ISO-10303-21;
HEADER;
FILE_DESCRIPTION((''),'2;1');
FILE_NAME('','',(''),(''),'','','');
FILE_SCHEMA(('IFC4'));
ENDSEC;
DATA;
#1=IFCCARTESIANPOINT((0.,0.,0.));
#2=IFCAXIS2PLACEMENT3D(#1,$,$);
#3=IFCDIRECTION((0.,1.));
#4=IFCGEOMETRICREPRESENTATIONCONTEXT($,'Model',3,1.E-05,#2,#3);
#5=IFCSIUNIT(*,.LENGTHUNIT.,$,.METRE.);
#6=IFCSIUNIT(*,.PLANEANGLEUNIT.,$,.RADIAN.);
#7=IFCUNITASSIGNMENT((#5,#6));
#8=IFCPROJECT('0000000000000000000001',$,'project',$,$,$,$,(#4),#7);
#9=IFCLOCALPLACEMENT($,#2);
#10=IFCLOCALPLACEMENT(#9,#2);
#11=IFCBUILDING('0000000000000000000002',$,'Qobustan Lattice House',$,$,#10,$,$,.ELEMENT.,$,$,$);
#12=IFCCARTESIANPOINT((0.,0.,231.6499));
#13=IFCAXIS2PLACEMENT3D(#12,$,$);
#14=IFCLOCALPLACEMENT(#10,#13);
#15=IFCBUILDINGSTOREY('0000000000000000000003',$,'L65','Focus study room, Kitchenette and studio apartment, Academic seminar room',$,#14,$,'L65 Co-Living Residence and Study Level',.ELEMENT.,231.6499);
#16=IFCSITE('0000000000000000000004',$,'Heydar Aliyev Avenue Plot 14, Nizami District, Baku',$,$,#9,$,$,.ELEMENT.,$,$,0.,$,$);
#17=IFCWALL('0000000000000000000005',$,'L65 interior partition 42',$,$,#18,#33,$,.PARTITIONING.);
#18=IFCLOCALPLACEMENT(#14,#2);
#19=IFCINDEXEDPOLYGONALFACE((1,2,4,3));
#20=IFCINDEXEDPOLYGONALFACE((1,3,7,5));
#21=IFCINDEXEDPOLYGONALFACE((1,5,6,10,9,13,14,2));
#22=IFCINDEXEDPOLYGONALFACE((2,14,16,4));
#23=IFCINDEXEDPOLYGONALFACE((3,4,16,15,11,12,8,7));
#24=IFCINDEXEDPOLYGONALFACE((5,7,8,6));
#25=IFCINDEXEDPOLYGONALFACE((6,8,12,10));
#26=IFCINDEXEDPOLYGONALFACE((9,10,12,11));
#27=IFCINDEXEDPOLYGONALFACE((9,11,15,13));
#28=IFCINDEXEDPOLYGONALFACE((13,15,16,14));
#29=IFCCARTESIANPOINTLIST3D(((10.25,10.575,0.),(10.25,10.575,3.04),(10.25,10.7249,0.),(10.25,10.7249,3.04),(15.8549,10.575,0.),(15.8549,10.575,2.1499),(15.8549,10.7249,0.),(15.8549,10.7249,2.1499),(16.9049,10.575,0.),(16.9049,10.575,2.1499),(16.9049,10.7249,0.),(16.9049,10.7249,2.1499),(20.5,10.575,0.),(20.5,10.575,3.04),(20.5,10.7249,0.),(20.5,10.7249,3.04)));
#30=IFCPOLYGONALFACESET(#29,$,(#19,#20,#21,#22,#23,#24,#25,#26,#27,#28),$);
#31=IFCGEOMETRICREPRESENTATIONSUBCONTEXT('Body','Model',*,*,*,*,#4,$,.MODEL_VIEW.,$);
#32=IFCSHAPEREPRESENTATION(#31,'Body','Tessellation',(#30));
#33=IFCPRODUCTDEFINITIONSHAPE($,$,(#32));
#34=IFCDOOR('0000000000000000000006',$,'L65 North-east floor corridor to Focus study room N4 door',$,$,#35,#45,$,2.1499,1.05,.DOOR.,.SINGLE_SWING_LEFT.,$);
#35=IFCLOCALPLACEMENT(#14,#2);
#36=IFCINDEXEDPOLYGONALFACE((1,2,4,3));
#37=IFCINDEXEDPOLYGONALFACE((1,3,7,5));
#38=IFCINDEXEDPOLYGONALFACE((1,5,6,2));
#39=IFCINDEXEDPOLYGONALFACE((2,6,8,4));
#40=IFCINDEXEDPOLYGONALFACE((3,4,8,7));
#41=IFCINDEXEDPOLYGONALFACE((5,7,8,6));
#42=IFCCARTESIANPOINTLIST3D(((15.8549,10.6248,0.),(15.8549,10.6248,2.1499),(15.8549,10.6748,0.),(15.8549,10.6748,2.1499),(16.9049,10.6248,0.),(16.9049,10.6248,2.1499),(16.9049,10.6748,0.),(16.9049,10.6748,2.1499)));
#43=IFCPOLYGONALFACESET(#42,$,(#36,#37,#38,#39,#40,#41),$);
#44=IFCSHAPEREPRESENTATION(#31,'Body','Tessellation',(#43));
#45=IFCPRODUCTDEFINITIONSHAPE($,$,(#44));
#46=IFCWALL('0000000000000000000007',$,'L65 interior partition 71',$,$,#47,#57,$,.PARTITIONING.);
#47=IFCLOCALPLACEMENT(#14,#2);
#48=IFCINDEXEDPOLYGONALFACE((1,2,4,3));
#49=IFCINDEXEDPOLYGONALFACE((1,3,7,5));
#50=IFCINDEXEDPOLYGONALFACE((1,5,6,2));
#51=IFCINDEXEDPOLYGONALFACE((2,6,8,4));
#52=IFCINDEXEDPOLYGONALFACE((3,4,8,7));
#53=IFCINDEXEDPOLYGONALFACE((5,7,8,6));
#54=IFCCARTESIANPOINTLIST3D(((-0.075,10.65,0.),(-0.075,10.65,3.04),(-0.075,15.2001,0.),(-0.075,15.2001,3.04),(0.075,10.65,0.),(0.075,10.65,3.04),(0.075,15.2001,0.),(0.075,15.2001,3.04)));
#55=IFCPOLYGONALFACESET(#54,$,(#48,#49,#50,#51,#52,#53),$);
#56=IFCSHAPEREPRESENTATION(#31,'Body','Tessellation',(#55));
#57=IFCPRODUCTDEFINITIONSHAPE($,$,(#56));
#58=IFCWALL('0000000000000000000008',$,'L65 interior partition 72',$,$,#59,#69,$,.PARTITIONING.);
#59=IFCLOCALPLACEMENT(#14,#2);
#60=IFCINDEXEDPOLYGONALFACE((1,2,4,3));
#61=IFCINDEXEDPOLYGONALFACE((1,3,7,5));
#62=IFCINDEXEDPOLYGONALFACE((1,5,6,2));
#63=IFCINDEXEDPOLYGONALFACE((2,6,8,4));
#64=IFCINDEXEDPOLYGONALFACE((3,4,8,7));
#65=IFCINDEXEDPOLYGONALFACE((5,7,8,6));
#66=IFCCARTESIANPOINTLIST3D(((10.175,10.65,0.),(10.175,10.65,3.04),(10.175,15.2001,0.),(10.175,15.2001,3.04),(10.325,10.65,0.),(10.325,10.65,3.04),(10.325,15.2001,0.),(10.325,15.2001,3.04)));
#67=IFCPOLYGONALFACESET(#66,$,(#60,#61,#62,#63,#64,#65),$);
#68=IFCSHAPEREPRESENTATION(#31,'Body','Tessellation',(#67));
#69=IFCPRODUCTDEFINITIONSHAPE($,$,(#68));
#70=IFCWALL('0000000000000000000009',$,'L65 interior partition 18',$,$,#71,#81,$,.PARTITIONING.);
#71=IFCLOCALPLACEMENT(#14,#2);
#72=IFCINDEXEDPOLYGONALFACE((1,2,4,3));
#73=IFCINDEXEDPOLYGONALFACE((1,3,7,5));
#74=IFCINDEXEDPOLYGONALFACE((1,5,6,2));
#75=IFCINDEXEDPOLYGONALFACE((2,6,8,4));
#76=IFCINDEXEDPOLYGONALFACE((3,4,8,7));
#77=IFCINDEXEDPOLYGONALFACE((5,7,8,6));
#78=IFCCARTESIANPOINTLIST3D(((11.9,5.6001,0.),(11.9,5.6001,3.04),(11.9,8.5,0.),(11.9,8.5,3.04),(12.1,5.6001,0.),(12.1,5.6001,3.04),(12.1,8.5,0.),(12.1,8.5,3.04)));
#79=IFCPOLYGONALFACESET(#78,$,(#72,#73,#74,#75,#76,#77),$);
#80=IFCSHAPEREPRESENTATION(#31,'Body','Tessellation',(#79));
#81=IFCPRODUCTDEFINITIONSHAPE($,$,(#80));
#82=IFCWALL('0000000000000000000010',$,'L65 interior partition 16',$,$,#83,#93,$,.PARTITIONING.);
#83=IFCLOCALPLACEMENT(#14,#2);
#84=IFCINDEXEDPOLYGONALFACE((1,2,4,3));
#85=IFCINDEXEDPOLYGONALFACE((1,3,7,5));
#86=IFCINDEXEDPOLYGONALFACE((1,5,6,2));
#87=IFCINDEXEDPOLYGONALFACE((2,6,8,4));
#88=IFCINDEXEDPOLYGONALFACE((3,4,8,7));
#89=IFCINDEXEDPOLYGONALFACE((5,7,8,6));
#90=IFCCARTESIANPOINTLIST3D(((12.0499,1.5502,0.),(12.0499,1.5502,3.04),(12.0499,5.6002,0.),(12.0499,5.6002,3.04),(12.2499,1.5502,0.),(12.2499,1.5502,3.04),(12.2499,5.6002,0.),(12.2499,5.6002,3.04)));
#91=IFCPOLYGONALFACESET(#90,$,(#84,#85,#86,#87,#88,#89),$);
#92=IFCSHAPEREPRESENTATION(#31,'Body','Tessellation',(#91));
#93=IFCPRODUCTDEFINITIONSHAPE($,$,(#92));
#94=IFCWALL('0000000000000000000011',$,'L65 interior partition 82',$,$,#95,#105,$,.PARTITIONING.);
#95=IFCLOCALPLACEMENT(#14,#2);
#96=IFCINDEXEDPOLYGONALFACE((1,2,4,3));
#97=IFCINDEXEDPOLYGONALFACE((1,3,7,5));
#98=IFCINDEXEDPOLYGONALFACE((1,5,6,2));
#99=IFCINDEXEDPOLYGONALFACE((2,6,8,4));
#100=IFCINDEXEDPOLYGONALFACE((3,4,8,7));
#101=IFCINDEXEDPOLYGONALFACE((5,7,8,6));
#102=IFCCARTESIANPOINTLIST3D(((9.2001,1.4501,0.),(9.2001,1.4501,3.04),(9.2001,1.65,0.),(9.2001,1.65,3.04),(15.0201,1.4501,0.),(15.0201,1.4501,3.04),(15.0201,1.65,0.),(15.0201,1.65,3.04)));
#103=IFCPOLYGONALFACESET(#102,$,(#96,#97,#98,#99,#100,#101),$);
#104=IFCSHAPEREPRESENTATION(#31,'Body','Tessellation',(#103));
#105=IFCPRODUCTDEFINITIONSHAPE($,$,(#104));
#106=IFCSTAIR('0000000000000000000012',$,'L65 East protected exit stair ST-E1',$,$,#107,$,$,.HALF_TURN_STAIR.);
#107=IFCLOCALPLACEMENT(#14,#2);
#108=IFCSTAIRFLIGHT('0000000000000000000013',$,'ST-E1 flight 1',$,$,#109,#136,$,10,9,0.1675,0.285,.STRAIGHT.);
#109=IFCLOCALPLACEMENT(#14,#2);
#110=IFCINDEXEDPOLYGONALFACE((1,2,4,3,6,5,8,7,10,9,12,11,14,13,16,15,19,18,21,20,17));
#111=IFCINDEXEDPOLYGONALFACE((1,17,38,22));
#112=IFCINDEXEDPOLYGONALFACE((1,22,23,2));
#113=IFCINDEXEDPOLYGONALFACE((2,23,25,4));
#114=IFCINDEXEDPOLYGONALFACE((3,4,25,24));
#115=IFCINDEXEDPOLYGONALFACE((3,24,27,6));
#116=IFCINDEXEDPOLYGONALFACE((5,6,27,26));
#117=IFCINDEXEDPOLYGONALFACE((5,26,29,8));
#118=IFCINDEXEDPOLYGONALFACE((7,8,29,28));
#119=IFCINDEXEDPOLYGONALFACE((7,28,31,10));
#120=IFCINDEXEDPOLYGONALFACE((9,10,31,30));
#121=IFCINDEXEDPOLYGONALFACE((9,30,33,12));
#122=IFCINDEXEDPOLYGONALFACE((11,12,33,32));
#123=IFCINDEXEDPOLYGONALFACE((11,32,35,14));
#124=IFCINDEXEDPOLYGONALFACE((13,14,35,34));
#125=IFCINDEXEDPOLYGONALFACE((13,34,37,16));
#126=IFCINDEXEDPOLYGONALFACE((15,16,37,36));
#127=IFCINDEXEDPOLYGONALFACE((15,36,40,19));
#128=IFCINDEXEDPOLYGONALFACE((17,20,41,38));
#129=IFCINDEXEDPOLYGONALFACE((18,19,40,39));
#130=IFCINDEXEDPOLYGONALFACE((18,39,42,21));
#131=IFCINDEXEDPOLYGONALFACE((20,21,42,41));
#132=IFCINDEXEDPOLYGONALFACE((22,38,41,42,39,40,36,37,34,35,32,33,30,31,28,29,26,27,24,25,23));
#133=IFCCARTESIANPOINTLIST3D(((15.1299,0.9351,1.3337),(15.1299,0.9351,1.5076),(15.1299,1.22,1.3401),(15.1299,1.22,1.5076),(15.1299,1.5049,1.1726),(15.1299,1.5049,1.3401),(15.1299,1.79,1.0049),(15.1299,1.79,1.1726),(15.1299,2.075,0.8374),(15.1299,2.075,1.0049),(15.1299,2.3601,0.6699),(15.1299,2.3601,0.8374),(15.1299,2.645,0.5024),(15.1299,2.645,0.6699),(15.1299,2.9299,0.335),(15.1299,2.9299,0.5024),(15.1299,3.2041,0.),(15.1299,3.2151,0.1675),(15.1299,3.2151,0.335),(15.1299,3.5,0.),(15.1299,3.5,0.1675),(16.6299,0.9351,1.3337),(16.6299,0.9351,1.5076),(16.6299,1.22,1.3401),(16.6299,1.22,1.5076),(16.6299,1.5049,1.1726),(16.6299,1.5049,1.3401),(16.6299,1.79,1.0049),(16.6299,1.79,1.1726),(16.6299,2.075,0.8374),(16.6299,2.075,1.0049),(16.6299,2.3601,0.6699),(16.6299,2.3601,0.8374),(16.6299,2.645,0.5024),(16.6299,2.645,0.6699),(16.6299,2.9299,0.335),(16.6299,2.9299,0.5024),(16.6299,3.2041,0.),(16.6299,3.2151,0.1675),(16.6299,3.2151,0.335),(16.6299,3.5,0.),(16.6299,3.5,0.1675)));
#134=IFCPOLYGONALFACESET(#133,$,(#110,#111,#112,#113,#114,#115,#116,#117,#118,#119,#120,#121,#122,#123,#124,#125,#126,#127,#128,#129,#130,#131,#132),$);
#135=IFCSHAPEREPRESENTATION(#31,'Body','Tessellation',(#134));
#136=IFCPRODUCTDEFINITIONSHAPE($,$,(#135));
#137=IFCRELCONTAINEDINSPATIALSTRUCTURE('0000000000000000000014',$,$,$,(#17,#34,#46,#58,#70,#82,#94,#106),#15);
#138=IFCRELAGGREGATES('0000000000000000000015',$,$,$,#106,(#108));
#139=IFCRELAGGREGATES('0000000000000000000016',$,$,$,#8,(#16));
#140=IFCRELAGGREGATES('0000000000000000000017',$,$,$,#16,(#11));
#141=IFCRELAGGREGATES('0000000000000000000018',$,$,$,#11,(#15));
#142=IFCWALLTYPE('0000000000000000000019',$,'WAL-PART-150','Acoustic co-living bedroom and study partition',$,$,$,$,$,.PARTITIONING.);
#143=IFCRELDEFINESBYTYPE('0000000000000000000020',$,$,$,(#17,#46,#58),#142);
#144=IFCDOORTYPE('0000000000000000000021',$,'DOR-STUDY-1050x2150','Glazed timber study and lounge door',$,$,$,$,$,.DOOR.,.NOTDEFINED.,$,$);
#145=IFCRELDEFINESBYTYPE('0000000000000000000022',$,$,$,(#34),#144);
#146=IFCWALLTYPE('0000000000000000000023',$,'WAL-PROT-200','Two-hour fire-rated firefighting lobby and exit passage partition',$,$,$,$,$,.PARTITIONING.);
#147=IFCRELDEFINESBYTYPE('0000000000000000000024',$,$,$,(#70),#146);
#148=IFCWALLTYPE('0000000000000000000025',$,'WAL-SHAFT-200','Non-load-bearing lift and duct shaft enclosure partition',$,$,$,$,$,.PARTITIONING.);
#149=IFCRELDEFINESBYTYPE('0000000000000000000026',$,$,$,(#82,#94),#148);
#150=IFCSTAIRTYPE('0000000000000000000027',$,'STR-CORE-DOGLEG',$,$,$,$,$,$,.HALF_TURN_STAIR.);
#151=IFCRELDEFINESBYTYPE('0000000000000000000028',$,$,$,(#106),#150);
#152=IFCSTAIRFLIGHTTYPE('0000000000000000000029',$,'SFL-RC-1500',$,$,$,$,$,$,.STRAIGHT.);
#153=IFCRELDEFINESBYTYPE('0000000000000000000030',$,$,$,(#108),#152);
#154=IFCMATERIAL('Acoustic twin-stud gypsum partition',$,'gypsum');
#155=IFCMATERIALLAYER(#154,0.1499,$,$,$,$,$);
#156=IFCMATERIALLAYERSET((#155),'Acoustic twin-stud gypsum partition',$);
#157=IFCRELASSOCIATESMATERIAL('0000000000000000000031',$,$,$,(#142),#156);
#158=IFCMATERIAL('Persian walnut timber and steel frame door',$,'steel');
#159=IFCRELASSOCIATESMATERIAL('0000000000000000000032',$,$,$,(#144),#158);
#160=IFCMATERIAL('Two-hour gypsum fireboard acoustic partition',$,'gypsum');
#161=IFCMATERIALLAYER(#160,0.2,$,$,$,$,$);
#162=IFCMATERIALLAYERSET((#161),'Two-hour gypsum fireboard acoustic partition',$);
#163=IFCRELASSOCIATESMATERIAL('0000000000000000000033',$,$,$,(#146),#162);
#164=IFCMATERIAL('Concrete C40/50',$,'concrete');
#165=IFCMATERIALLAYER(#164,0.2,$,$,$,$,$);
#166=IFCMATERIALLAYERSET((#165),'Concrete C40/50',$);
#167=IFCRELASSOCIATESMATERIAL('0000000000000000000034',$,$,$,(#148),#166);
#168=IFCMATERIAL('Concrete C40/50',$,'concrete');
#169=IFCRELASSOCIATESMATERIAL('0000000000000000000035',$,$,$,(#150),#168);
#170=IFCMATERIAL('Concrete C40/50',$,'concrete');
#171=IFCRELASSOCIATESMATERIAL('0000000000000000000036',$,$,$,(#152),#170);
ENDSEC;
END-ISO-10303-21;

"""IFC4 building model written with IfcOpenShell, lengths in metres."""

from ifc_helpers import new_model, si_unit, direction, frame, frame_2d, origin, place, context, subcontext, project, spatial, polyline, rectangle, outline, extrude, material, layer, layer_set, type_object, element, fill, aggregate, save


model = new_model("IFC4")

# Units and contexts
model_context = context("Model", 3, precision=1e-05, world=origin(), true_north=direction((0.0, 1.0)))
body_context = subcontext(model_context, "Body", "Model", "MODEL_VIEW")
ifc_project = project(units=[si_unit("LENGTHUNIT", "METRE"), si_unit("PLANEANGLEUNIT", "RADIAN")], contexts=[model_context])

# Site, building, storey
site_placement = place(None, origin())
site = spatial("IfcSite", under=ifc_project, at=site_placement, Name="Heydar Aliyev Avenue Plot 14, Nizami District, Baku", CompositionType="ELEMENT", RefElevation=0.0)
building_placement = place(site_placement, origin())
building = spatial("IfcBuilding", under=site, at=building_placement, Name="Qobustan Lattice House", CompositionType="ELEMENT")
storey_placement = place(building_placement, frame((0.0, 0.0, 231.6499)))
storey = spatial("IfcBuildingStorey", under=building, at=storey_placement, Name="L65", Description="Focus study room, Kitchenette and studio apartment, Academic seminar room", LongName="L65 Co-Living Residence and Study Level", CompositionType="ELEMENT", Elevation=231.6499)

# Shared definitions
ifc_material_1 = material(Name="Acoustic twin-stud gypsum partition", Category="gypsum")
ifc_layer_1 = layer(ifc_material_1, 0.1499)
ifc_layer_set_1 = layer_set([ifc_layer_1], Name="Acoustic twin-stud gypsum partition")
wall_type_1 = type_object("IfcWallType", Name="WAL-PART-150", Description="Acoustic co-living bedroom and study partition", PredefinedType="PARTITIONING", material=ifc_layer_set_1)

# Wall, opening, door
ifc_material_2 = material(Name="Persian walnut timber and steel frame door", Category="steel")
door_type_1 = type_object("IfcDoorType", Name="DOR-STUDY-1050x2150", Description="Glazed timber study and lounge door", OperationType="NOTDEFINED", PredefinedType="DOOR", material=ifc_material_2)
wall_1_placement = place(storey_placement, frame((10.25, 10.6499, 0.0), z_axis=(0.0, 0.0, 1.0), x_axis=(1.0, 0.0, 0.0)))
wall_1 = element("IfcWall", 1, at=wall_1_placement, inside=storey, type_object=wall_type_1, Name="L65 interior partition 42", PredefinedType="PARTITIONING", context=body_context, shape_type="SweptSolid", body=[
    extrude(rectangle(XDim=10.25, YDim=0.1499, at=frame_2d((5.125, 0.0))), origin(), (0.0, 0.0, 1.0), 3.04),
])
opening_1_placement = place(wall_1_placement, frame((5.605, 0.0, 0.0)))
opening_1 = element("IfcOpeningElement", 2, at=opening_1_placement, cuts=wall_1, PredefinedType="OPENING", context=body_context, shape_type="SweptSolid", body=[
    extrude(rectangle(XDim=1.05, YDim=2.1499, at=frame_2d((0.5249, 1.075))), frame((0.0, 0.085, 0.0), z_axis=(0.0, -1.0, 0.0), x_axis=(1.0, 0.0, 0.0)), (0.0, 0.0, 1.0), 0.1699),
])
door_1_placement = place(opening_1_placement, origin())
door_1 = element("IfcDoor", 3, at=door_1_placement, inside=storey, type_object=door_type_1, Name="L65 North-east floor corridor to Focus study room N4 door", OperationType="SINGLE_SWING_LEFT", OverallHeight=2.1499, OverallWidth=1.05, PredefinedType="DOOR", context=body_context, shape_type="SweptSolid", body=[
    extrude(rectangle(XDim=1.05, YDim=2.1499, at=frame_2d((0.5249, 1.075))), frame((0.0, 0.0249, 0.0), z_axis=(0.0, -1.0, 0.0), x_axis=(1.0, 0.0, 0.0)), (0.0, 0.0, 1.0), 0.05),
])
fill(opening_1, door_1)

# Walls
for number, where, z_axis, x_axis, name in (
    (4, (0.0, 15.2, 0.0), (0.0, 0.0, 1.0), (0.0, -1.0, 0.0), "L65 interior partition 71"),
    (5, (10.25, 15.2, 0.0), (0.0, 0.0, 1.0), (0.0, -1.0, 0.0), "L65 interior partition 72"),
):
    element("IfcWall", number, at=place(storey_placement, frame(where, z_axis=z_axis, x_axis=x_axis)), inside=storey, type_object=wall_type_1, Name=name, PredefinedType="PARTITIONING", context=body_context, shape_type="SweptSolid", body=[
        extrude(rectangle(XDim=4.55, YDim=0.1499, at=frame_2d((2.2749, 0.0))), origin(), (0.0, 0.0, 1.0), 3.04),
    ])
ifc_material_3 = material(Name="Two-hour gypsum fireboard acoustic partition", Category="gypsum")
ifc_layer_2 = layer(ifc_material_3, 0.2)
ifc_layer_set_2 = layer_set([ifc_layer_2], Name="Two-hour gypsum fireboard acoustic partition")
wall_type_2 = type_object("IfcWallType", Name="WAL-PROT-200", Description="Two-hour fire-rated firefighting lobby and exit passage partition", PredefinedType="PARTITIONING", material=ifc_layer_set_2)
wall_2_placement = place(storey_placement, frame((12.0, 8.5, 0.0), z_axis=(0.0, 0.0, 1.0), x_axis=(0.0, -1.0, 0.0)))
element("IfcWall", 6, at=wall_2_placement, inside=storey, type_object=wall_type_2, Name="L65 interior partition 18", PredefinedType="PARTITIONING", context=body_context, shape_type="SweptSolid", body=[
    extrude(rectangle(XDim=2.8999, YDim=0.2, at=frame_2d((1.45, 0.0))), origin(), (0.0, 0.0, 1.0), 3.04),
])
ifc_material_4 = material(Name="Concrete C40/50", Category="concrete")
ifc_layer_3 = layer(ifc_material_4, 0.2)
ifc_layer_set_3 = layer_set([ifc_layer_3], Name="Concrete C40/50")
wall_type_3 = type_object("IfcWallType", Name="WAL-SHAFT-200", Description="Non-load-bearing lift and duct shaft enclosure partition", PredefinedType="PARTITIONING", material=ifc_layer_set_3)
wall_3_placement = place(storey_placement, frame((12.1499, 5.6001, 0.0), z_axis=(0.0, 0.0, 1.0), x_axis=(0.0, -1.0, 0.0)))
element("IfcWall", 7, at=wall_3_placement, inside=storey, type_object=wall_type_3, Name="L65 interior partition 16", PredefinedType="PARTITIONING", context=body_context, shape_type="SweptSolid", body=[
    extrude(rectangle(XDim=4.05, YDim=0.2, at=frame_2d((2.0249, 0.0))), origin(), (0.0, 0.0, 1.0), 3.04),
])
wall_4_placement = place(storey_placement, frame((9.2, 1.55, 0.0), z_axis=(0.0, 0.0, 1.0), x_axis=(1.0, 0.0, 0.0)))
element("IfcWall", 8, at=wall_4_placement, inside=storey, type_object=wall_type_3, Name="L65 interior partition 82", PredefinedType="PARTITIONING", context=body_context, shape_type="SweptSolid", body=[
    extrude(rectangle(XDim=5.8201, YDim=0.2, at=frame_2d((2.9102, 0.0))), origin(), (0.0, 0.0, 1.0), 3.04),
])

# Stair, stair flight
ifc_material_5 = material(Name="Concrete C40/50", Category="concrete")
stair_type = type_object("IfcStairType", Name="STR-CORE-DOGLEG", PredefinedType="HALF_TURN_STAIR", material=ifc_material_5)
stair_placement = place(storey_placement, origin())
stair = element("IfcStair", 9, at=stair_placement, inside=storey, type_object=stair_type, Name="L65 East protected exit stair ST-E1", PredefinedType="HALF_TURN_STAIR")
ifc_material_6 = material(Name="Concrete C40/50", Category="concrete")
stair_flight_type = type_object("IfcStairFlightType", Name="SFL-RC-1500", PredefinedType="STRAIGHT", material=ifc_material_6)
stair_flight_placement = place(storey_placement, frame((15.8799, 3.5, 0.0), z_axis=(0.0, 0.0, 1.0), x_axis=(0.0, -1.0, 0.0)))
stair_flight = element("IfcStairFlight", 10, at=stair_flight_placement, type_object=stair_flight_type, Name="ST-E1 flight 1", NumberOfRisers=10, NumberOfTreads=9, PredefinedType="STRAIGHT", RiserHeight=0.1675, TreadLength=0.285, context=body_context, shape_type="SweptSolid", body=[
    extrude(outline(polyline([(0.0, 0.0), (0.0, 0.1675), (0.2849, 0.1675), (0.2849, 0.335), (0.5701, 0.335), (0.5701, 0.5024), (0.855, 0.5024), (0.855, 0.6699), (1.1399, 0.6699), (1.1399, 0.8374), (1.425, 0.8374), (1.425, 1.0049), (1.71, 1.0049), (1.71, 1.1726), (1.9951, 1.1726), (1.9951, 1.3401), (2.28, 1.3401), (2.28, 1.5076), (2.5649, 1.5076), (2.5649, 1.675), (2.5649, 1.3337), (0.2959, 0.0), (0.0, 0.0)])), frame((0.0, 0.75, 0.0), z_axis=(0.0, -1.0, 0.0), x_axis=(1.0, 0.0, 0.0)), (0.0, 0.0, 1.0), 1.5),
])
aggregate(stair, [stair_flight])

save(model, "model.ifc")
